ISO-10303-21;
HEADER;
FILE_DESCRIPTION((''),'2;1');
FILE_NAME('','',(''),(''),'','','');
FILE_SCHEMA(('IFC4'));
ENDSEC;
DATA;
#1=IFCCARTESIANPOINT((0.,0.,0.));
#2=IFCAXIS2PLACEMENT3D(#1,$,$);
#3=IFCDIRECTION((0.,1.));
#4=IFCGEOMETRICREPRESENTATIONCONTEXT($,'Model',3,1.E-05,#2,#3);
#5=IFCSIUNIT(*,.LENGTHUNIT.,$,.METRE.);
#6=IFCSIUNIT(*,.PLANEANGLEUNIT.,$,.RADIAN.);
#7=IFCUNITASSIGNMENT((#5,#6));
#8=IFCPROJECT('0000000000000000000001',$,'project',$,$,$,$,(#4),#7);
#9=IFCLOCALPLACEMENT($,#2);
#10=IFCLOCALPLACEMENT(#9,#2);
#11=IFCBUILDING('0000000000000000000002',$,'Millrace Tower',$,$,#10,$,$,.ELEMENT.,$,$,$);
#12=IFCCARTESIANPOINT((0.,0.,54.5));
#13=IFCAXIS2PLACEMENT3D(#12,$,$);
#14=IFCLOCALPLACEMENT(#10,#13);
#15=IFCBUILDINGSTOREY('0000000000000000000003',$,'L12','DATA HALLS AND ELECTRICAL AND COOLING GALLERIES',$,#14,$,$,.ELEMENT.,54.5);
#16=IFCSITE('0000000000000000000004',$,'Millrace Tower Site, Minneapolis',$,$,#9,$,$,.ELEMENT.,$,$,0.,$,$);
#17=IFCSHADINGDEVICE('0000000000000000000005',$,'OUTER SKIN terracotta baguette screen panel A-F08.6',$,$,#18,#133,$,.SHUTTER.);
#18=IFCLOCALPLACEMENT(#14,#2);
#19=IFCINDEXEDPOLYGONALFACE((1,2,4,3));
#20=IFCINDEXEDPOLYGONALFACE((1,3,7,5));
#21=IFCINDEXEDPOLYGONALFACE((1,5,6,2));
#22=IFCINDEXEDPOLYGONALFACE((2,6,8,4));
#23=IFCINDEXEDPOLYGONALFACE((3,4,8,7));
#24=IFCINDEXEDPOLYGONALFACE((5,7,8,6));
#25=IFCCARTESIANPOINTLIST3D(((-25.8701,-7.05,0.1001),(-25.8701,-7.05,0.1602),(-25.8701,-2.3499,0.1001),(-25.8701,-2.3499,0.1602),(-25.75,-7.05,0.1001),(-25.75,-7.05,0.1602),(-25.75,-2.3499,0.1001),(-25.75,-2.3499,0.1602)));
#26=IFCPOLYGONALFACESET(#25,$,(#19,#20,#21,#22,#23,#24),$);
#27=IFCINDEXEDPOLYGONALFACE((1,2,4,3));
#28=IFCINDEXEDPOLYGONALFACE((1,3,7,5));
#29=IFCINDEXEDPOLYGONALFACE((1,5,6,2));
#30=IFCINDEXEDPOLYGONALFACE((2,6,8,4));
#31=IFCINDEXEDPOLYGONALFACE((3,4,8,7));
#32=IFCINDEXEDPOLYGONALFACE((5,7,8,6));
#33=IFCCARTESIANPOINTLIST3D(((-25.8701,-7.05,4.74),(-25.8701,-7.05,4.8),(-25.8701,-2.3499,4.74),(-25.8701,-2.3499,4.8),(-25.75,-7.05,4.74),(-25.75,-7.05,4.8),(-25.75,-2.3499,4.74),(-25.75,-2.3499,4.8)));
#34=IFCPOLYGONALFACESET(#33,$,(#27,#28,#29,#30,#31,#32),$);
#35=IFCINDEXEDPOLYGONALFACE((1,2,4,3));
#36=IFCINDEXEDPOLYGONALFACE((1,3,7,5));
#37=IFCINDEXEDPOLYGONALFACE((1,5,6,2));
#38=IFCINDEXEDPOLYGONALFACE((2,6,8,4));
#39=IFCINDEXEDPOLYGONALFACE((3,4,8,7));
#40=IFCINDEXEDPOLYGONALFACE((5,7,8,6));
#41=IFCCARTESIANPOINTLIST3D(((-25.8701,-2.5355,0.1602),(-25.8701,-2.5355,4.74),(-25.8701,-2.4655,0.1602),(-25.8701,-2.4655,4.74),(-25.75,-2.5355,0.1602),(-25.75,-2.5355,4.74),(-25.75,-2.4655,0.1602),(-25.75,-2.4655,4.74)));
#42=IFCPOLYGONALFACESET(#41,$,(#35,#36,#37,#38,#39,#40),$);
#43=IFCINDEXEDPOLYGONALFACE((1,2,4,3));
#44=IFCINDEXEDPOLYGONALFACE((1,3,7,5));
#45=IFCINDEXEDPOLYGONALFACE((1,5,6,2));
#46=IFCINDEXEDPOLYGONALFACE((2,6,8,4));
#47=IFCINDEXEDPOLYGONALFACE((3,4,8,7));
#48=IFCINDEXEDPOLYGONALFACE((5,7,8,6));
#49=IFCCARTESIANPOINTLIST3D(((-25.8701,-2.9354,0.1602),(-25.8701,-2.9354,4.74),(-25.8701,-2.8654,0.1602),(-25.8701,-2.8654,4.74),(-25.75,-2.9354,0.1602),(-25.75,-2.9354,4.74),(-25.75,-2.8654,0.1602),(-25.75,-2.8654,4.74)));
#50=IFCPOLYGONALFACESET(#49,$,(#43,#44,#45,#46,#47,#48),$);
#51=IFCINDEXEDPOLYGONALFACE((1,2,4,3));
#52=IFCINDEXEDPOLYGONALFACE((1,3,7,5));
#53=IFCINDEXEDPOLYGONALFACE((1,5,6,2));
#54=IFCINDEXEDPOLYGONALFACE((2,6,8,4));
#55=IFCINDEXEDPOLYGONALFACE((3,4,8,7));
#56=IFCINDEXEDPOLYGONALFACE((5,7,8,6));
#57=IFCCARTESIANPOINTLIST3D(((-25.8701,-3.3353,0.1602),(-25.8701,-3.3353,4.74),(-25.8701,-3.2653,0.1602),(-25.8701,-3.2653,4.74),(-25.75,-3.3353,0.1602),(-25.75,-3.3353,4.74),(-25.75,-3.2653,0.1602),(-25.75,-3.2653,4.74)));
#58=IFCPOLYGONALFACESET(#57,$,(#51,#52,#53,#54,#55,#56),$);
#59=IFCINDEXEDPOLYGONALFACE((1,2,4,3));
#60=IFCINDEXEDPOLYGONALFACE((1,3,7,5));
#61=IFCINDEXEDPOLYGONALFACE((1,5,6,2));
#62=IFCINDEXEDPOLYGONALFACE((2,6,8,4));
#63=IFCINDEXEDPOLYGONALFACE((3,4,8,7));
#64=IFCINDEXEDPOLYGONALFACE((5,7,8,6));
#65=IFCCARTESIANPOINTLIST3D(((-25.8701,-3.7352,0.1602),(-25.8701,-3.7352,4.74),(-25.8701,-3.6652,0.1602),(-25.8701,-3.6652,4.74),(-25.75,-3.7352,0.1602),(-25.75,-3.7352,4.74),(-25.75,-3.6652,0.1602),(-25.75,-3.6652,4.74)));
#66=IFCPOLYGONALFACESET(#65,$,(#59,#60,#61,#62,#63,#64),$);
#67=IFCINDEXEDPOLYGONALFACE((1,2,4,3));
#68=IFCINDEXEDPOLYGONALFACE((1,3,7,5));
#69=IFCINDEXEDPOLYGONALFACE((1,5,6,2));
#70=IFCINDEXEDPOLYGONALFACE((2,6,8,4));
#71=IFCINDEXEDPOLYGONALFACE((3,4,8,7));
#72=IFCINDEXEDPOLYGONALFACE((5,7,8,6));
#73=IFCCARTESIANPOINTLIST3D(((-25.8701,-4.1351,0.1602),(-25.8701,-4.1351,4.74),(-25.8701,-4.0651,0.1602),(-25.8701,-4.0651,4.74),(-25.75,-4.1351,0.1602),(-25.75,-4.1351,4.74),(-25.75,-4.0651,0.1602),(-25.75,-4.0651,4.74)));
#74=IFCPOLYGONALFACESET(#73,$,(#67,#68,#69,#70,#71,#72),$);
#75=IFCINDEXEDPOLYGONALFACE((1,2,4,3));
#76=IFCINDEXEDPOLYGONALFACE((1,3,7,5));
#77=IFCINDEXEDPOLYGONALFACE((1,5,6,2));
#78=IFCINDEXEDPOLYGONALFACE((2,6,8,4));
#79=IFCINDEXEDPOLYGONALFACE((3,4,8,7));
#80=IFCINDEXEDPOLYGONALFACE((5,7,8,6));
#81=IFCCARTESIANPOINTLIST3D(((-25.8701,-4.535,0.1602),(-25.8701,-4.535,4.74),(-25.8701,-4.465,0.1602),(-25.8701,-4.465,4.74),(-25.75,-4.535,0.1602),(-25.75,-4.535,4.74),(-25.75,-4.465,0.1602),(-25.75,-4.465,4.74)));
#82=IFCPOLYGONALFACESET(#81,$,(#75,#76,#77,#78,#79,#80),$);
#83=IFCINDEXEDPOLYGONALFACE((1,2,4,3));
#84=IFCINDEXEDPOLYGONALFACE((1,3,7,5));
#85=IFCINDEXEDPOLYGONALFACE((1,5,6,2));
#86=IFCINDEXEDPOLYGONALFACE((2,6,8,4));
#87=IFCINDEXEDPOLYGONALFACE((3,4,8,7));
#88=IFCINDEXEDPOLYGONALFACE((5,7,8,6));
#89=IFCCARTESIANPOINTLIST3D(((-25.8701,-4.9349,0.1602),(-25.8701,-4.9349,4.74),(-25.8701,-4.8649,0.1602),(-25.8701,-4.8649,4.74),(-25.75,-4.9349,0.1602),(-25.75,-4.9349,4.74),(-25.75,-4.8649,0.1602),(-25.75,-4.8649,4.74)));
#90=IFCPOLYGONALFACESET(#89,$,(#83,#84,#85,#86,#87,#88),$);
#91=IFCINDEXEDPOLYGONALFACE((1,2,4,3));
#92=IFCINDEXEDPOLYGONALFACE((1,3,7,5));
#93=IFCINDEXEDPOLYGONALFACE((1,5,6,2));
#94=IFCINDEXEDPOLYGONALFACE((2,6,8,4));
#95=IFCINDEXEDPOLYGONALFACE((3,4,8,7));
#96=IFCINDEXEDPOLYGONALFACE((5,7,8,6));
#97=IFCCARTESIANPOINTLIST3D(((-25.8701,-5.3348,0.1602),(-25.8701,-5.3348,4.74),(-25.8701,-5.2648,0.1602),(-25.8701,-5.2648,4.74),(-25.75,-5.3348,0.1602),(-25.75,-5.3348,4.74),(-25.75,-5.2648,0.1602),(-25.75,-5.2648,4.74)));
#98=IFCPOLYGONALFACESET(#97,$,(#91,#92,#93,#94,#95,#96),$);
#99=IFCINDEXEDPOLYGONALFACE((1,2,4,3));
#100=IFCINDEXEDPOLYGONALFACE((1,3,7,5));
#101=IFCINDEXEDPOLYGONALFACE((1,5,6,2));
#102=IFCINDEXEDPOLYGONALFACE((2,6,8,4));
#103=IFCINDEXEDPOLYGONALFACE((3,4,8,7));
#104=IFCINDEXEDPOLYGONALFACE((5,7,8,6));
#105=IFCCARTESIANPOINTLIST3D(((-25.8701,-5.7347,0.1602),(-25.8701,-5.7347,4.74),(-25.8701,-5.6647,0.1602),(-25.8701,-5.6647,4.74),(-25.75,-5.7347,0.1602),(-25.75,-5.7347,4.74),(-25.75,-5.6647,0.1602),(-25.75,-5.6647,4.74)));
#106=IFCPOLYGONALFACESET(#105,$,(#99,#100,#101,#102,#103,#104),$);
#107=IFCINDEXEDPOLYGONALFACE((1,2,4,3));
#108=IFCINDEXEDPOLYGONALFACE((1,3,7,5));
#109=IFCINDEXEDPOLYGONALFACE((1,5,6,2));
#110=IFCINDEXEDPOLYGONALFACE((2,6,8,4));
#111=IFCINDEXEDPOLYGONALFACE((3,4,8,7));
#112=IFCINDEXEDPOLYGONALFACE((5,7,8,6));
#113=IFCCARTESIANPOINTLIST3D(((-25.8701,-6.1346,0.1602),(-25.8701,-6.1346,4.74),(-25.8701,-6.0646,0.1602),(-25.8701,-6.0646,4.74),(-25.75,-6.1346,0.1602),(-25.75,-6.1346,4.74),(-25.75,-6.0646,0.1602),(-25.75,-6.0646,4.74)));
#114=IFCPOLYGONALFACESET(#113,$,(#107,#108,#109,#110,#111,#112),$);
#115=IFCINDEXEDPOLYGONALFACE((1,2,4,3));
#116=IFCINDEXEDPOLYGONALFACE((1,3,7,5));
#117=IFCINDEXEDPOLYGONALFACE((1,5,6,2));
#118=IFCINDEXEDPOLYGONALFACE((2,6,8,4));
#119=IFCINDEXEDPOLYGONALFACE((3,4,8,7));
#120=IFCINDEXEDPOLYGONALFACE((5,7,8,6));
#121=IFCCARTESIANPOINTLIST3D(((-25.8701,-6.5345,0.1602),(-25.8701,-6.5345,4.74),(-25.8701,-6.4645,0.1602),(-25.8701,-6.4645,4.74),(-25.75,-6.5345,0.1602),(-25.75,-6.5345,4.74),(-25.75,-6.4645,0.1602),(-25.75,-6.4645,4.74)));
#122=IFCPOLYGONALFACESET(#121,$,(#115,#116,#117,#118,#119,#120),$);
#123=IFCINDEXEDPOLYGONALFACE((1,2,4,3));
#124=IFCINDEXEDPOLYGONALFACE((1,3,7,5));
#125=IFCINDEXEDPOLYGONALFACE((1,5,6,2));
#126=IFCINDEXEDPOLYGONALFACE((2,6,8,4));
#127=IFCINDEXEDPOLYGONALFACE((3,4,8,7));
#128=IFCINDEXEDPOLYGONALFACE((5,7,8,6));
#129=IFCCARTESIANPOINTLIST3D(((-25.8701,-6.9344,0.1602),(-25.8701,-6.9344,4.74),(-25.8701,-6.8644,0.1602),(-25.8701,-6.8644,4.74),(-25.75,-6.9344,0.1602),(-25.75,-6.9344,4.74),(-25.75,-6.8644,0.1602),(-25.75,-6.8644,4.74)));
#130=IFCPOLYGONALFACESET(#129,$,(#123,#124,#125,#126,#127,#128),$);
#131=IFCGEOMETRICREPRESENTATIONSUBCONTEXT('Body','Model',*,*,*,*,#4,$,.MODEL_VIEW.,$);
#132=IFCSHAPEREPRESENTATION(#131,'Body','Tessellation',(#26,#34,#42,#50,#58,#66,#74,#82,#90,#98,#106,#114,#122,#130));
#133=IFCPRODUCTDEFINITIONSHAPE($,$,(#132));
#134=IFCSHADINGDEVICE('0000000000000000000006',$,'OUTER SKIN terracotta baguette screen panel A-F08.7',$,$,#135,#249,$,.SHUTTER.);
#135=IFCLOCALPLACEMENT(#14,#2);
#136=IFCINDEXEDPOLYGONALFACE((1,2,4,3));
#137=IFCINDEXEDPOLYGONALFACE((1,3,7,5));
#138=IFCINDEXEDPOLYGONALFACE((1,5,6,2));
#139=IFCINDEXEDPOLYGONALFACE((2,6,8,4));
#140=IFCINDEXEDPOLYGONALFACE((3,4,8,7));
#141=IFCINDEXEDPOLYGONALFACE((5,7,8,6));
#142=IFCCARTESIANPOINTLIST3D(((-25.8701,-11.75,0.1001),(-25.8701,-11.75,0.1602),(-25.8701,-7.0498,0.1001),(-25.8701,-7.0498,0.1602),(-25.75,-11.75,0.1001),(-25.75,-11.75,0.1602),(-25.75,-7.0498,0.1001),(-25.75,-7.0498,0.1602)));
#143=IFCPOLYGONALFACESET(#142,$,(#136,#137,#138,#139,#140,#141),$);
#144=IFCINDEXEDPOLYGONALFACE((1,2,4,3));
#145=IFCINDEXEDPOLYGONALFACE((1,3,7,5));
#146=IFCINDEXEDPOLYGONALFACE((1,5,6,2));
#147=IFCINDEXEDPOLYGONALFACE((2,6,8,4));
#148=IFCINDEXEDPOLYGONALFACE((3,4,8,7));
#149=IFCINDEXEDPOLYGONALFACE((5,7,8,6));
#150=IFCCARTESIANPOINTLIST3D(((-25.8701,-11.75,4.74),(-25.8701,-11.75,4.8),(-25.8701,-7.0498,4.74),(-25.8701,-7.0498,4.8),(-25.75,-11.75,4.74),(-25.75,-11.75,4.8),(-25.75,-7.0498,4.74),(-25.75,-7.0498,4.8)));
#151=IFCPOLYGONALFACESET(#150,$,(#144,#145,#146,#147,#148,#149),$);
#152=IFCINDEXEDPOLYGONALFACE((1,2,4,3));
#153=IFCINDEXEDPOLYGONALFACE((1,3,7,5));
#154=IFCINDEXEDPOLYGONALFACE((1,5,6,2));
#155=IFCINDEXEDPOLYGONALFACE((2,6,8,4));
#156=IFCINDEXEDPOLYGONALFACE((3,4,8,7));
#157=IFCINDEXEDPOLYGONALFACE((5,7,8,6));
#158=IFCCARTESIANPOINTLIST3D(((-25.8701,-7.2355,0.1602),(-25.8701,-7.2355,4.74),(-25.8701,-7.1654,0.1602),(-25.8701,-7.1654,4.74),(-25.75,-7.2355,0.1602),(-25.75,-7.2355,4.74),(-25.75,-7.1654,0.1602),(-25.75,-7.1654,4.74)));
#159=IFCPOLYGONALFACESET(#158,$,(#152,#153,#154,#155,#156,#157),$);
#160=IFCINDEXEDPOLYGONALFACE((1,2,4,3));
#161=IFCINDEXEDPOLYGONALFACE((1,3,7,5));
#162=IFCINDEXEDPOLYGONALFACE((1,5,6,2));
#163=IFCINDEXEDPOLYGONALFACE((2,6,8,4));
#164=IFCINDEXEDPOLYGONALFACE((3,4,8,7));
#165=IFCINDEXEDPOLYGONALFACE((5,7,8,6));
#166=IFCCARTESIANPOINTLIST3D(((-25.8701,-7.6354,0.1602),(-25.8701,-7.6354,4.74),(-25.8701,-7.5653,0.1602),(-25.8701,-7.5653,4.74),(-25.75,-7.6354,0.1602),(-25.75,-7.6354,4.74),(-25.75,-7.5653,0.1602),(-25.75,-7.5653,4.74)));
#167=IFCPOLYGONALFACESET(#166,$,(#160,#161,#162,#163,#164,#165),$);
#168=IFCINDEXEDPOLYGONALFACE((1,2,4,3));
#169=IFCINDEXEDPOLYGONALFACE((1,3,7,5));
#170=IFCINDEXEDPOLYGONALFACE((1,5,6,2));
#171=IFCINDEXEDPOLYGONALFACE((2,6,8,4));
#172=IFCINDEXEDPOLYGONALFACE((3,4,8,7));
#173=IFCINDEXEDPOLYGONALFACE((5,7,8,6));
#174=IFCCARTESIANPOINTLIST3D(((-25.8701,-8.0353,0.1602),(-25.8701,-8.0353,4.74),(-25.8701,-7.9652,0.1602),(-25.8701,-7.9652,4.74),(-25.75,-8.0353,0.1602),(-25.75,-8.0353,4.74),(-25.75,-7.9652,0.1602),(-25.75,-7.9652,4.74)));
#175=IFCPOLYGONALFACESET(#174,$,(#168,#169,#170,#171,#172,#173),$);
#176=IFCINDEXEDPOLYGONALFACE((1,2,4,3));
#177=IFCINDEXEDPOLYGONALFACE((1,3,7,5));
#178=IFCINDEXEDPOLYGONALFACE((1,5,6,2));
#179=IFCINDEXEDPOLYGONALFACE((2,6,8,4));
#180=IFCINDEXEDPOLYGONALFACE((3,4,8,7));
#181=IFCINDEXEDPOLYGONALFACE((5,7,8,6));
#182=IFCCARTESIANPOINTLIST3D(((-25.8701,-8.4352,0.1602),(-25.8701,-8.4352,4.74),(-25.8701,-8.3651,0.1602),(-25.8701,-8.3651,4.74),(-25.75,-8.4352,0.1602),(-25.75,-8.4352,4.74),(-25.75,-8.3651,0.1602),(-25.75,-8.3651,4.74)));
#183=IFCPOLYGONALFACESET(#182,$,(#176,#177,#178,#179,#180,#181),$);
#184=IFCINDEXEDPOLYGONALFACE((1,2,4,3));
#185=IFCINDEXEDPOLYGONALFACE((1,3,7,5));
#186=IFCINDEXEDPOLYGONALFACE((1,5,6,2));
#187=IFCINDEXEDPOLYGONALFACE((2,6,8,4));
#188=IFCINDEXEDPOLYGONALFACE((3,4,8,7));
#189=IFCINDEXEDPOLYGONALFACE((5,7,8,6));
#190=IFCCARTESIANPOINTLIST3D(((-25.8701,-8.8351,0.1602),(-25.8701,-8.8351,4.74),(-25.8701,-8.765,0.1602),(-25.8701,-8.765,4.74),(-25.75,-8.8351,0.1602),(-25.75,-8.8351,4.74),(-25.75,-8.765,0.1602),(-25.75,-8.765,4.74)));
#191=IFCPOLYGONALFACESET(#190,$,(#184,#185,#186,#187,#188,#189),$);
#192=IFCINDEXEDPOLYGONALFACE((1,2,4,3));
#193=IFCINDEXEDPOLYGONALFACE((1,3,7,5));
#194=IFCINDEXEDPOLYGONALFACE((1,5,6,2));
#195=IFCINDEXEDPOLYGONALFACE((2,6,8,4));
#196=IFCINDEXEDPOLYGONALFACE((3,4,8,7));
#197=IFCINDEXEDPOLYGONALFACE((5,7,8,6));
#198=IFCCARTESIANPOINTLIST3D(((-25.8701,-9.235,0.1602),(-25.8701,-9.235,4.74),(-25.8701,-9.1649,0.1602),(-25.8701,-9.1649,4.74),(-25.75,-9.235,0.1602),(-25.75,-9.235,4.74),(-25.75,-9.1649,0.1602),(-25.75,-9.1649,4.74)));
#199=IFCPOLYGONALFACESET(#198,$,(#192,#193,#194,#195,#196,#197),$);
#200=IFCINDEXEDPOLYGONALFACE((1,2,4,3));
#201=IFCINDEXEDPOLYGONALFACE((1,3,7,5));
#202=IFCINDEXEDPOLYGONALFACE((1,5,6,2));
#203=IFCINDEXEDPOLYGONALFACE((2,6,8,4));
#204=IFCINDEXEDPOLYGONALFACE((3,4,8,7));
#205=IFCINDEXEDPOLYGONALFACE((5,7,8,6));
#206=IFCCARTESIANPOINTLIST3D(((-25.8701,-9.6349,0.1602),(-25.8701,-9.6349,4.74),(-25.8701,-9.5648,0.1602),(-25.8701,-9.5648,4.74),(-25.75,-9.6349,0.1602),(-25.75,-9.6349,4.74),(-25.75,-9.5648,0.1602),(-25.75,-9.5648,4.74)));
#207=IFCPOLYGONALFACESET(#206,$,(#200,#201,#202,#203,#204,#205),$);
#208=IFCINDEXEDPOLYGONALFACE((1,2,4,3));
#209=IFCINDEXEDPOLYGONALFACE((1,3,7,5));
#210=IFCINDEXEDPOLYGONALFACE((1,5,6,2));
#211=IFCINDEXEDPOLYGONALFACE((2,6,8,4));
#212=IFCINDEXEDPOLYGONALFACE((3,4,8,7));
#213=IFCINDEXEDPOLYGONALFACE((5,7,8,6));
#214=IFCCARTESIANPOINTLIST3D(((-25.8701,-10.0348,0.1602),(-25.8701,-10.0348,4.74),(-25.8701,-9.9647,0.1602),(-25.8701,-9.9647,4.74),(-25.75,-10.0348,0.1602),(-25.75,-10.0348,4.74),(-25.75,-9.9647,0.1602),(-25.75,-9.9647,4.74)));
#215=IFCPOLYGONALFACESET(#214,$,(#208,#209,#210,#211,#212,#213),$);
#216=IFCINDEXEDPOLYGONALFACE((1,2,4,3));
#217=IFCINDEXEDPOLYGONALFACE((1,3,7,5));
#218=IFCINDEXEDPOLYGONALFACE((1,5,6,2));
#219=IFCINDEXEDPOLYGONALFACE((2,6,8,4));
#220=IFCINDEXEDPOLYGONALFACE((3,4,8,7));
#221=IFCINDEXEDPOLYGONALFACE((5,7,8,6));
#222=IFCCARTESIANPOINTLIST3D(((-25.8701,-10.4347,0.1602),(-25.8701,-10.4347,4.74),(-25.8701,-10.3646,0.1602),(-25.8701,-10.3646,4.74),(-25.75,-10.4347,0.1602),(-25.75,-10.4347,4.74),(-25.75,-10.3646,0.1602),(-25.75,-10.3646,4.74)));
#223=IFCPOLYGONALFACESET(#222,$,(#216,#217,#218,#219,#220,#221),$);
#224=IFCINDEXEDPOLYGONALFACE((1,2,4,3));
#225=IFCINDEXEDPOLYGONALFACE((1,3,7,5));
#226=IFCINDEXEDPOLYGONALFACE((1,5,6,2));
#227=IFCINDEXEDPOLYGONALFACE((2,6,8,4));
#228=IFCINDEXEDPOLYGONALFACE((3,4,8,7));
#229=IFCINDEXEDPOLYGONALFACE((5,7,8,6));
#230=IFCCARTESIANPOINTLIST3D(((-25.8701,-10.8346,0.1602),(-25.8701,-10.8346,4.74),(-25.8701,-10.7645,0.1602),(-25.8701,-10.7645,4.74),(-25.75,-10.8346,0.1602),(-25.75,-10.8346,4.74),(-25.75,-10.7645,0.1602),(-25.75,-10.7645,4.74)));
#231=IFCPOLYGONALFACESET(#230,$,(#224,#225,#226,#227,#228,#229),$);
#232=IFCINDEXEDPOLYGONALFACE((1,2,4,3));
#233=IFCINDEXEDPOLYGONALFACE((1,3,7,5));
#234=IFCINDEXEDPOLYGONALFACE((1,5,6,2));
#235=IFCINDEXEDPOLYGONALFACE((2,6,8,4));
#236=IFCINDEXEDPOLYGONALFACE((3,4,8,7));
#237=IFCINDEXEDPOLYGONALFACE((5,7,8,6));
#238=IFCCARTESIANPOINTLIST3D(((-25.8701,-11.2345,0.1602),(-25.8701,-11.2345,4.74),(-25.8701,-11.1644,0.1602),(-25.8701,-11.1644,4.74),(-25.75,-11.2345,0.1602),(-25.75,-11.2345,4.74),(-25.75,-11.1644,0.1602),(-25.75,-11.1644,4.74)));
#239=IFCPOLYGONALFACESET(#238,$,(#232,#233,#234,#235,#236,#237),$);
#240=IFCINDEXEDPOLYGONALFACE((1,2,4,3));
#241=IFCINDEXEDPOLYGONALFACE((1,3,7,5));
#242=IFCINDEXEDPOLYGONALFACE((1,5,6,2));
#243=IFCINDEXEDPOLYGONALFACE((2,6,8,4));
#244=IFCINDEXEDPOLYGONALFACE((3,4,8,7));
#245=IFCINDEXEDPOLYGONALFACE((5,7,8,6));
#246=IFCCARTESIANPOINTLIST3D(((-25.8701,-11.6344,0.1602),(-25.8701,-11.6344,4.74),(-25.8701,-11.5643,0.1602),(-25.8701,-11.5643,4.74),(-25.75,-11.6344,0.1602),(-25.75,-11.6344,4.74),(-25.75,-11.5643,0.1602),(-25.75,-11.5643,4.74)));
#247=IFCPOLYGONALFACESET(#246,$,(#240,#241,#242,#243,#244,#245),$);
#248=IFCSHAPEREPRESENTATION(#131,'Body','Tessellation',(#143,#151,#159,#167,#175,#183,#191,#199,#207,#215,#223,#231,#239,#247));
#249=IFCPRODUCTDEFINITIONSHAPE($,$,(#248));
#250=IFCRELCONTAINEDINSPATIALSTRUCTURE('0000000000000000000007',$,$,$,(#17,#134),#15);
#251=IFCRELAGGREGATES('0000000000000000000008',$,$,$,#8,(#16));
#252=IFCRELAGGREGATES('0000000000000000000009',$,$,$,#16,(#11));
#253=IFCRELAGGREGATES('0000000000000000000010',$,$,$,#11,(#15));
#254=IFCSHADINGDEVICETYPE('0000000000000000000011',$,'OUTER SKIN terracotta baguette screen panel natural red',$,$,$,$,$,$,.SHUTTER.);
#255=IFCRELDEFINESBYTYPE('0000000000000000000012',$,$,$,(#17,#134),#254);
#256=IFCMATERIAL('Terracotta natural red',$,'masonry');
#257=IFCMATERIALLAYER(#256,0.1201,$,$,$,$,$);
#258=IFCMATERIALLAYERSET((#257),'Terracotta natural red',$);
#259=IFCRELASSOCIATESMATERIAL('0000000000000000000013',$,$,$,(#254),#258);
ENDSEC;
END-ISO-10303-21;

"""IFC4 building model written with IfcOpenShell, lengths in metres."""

from ifc_helpers import new_model, entity, si_unit, direction, frame, frame_2d, origin, place, context, subcontext, project, spatial, rectangle, extrude, source, transform, mapped, material, layer, layer_set, type_object, element, save


model = new_model("IFC4")

# Units and contexts
model_context = context("Model", 3, precision=1e-05, world=origin(), true_north=direction((0.0, 1.0)))
body_context = subcontext(model_context, "Body", "Model", "MODEL_VIEW")
ifc_project = project(units=[si_unit("LENGTHUNIT", "METRE"), si_unit("PLANEANGLEUNIT", "RADIAN")], contexts=[model_context])

# Site, building, storey
site_placement = place(None, origin())
site = spatial("IfcSite", under=ifc_project, at=site_placement, Name="Millrace Tower Site, Minneapolis", CompositionType="ELEMENT", RefElevation=0.0)
building_placement = place(site_placement, origin())
building = spatial("IfcBuilding", under=site, at=building_placement, Name="Millrace Tower", CompositionType="ELEMENT")
storey_placement = place(building_placement, frame((0.0, 0.0, 54.5)))
storey = spatial("IfcBuildingStorey", under=building, at=storey_placement, Name="L12", Description="DATA HALLS AND ELECTRICAL AND COOLING GALLERIES", CompositionType="ELEMENT", Elevation=54.5)

# Shading devices
cartesian_point = entity("IfcCartesianPoint", [-2.3501, 0.0601])
shared_polyline = entity("IfcPolyline", [cartesian_point, entity("IfcCartesianPoint", [2.3501, 0.0601]), entity("IfcCartesianPoint", [2.3501, -0.0601]), entity("IfcCartesianPoint", [-2.3501, -0.0601]), cartesian_point])
ifc_material_1 = material(Name="Terracotta natural red", Category="masonry")
ifc_layer_1 = layer(ifc_material_1, 0.1201)
ifc_layer_set_1 = layer_set([ifc_layer_1], Name="Terracotta natural red")
shading_device_type_1 = type_object("IfcShadingDeviceType", Name="OUTER SKIN terracotta baguette screen panel natural red", PredefinedType="SHUTTER", material=ifc_layer_set_1)
shared_shape_1 = source(origin(), body_context, "Body", "SweptSolid", [
    entity("IfcExtrudedAreaSolid", entity("IfcArbitraryClosedProfileDef", "AREA", None, shared_polyline), entity("IfcAxis2Placement3D", entity("IfcCartesianPoint", [0.0, 0.0, 0.0])), entity("IfcDirection", [0.0, 0.0, 1.0]), 0.0601),
    entity("IfcExtrudedAreaSolid", entity("IfcArbitraryClosedProfileDef", "AREA", None, shared_polyline), entity("IfcAxis2Placement3D", entity("IfcCartesianPoint", [0.0, 0.0, 4.6399])), entity("IfcDirection", [0.0, 0.0, 1.0]), 0.0601),
    extrude(rectangle(XDim=0.0701, YDim=0.1201, at=frame_2d((-2.1995, 0.0))), frame((0.0, 0.0, 0.0601)), (0.0, 0.0, 1.0), 4.5798),
    extrude(rectangle(XDim=0.0701, YDim=0.1201, at=frame_2d((-1.7996, 0.0))), frame((0.0, 0.0, 0.0601)), (0.0, 0.0, 1.0), 4.5798),
    extrude(rectangle(XDim=0.0701, YDim=0.1201, at=frame_2d((-1.3997, 0.0))), frame((0.0, 0.0, 0.0601)), (0.0, 0.0, 1.0), 4.5798),
    extrude(rectangle(XDim=0.0701, YDim=0.1201, at=frame_2d((-0.9998, 0.0))), frame((0.0, 0.0, 0.0601)), (0.0, 0.0, 1.0), 4.5798),
    extrude(rectangle(XDim=0.0701, YDim=0.1201, at=frame_2d((-0.5999, 0.0))), frame((0.0, 0.0, 0.0601)), (0.0, 0.0, 1.0), 4.5798),
    extrude(rectangle(XDim=0.0701, YDim=0.1201, at=frame_2d((-0.2, 0.0))), frame((0.0, 0.0, 0.0601)), (0.0, 0.0, 1.0), 4.5798),
    extrude(rectangle(XDim=0.0701, YDim=0.1201, at=frame_2d((0.2, 0.0))), frame((0.0, 0.0, 0.0601)), (0.0, 0.0, 1.0), 4.5798),
    extrude(rectangle(XDim=0.0701, YDim=0.1201, at=frame_2d((0.5999, 0.0))), frame((0.0, 0.0, 0.0601)), (0.0, 0.0, 1.0), 4.5798),
    extrude(rectangle(XDim=0.0701, YDim=0.1201, at=frame_2d((0.9998, 0.0))), frame((0.0, 0.0, 0.0601)), (0.0, 0.0, 1.0), 4.5798),
    extrude(rectangle(XDim=0.0701, YDim=0.1201, at=frame_2d((1.3997, 0.0))), frame((0.0, 0.0, 0.0601)), (0.0, 0.0, 1.0), 4.5798),
    extrude(rectangle(XDim=0.0701, YDim=0.1201, at=frame_2d((1.7996, 0.0))), frame((0.0, 0.0, 0.0601)), (0.0, 0.0, 1.0), 4.5798),
    extrude(rectangle(XDim=0.0701, YDim=0.1201, at=frame_2d((2.1995, 0.0))), frame((0.0, 0.0, 0.0601)), (0.0, 0.0, 1.0), 4.5798),
])
for number, where, z_axis, x_axis, name in (
    (1, (-25.8101, -4.7, 0.1001), (0.0, 0.0, 1.0), (0.0, -1.0, 0.0), "OUTER SKIN terracotta baguette screen panel A-F08.6"),
    (2, (-25.8101, -9.3999, 0.1001), (0.0, 0.0, 1.0), (0.0, -1.0, 0.0), "OUTER SKIN terracotta baguette screen panel A-F08.7"),
):
    element("IfcShadingDevice", number, at=place(storey_placement, frame(where, z_axis=z_axis, x_axis=x_axis)), inside=storey, type_object=shading_device_type_1, Name=name, PredefinedType="SHUTTER", context=body_context, shape_type="MappedRepresentation", body=[
        mapped(shared_shape_1, transform((0.0, 0.0, 0.0), scale=1.0)),
    ])

save(model, "model.ifc")
